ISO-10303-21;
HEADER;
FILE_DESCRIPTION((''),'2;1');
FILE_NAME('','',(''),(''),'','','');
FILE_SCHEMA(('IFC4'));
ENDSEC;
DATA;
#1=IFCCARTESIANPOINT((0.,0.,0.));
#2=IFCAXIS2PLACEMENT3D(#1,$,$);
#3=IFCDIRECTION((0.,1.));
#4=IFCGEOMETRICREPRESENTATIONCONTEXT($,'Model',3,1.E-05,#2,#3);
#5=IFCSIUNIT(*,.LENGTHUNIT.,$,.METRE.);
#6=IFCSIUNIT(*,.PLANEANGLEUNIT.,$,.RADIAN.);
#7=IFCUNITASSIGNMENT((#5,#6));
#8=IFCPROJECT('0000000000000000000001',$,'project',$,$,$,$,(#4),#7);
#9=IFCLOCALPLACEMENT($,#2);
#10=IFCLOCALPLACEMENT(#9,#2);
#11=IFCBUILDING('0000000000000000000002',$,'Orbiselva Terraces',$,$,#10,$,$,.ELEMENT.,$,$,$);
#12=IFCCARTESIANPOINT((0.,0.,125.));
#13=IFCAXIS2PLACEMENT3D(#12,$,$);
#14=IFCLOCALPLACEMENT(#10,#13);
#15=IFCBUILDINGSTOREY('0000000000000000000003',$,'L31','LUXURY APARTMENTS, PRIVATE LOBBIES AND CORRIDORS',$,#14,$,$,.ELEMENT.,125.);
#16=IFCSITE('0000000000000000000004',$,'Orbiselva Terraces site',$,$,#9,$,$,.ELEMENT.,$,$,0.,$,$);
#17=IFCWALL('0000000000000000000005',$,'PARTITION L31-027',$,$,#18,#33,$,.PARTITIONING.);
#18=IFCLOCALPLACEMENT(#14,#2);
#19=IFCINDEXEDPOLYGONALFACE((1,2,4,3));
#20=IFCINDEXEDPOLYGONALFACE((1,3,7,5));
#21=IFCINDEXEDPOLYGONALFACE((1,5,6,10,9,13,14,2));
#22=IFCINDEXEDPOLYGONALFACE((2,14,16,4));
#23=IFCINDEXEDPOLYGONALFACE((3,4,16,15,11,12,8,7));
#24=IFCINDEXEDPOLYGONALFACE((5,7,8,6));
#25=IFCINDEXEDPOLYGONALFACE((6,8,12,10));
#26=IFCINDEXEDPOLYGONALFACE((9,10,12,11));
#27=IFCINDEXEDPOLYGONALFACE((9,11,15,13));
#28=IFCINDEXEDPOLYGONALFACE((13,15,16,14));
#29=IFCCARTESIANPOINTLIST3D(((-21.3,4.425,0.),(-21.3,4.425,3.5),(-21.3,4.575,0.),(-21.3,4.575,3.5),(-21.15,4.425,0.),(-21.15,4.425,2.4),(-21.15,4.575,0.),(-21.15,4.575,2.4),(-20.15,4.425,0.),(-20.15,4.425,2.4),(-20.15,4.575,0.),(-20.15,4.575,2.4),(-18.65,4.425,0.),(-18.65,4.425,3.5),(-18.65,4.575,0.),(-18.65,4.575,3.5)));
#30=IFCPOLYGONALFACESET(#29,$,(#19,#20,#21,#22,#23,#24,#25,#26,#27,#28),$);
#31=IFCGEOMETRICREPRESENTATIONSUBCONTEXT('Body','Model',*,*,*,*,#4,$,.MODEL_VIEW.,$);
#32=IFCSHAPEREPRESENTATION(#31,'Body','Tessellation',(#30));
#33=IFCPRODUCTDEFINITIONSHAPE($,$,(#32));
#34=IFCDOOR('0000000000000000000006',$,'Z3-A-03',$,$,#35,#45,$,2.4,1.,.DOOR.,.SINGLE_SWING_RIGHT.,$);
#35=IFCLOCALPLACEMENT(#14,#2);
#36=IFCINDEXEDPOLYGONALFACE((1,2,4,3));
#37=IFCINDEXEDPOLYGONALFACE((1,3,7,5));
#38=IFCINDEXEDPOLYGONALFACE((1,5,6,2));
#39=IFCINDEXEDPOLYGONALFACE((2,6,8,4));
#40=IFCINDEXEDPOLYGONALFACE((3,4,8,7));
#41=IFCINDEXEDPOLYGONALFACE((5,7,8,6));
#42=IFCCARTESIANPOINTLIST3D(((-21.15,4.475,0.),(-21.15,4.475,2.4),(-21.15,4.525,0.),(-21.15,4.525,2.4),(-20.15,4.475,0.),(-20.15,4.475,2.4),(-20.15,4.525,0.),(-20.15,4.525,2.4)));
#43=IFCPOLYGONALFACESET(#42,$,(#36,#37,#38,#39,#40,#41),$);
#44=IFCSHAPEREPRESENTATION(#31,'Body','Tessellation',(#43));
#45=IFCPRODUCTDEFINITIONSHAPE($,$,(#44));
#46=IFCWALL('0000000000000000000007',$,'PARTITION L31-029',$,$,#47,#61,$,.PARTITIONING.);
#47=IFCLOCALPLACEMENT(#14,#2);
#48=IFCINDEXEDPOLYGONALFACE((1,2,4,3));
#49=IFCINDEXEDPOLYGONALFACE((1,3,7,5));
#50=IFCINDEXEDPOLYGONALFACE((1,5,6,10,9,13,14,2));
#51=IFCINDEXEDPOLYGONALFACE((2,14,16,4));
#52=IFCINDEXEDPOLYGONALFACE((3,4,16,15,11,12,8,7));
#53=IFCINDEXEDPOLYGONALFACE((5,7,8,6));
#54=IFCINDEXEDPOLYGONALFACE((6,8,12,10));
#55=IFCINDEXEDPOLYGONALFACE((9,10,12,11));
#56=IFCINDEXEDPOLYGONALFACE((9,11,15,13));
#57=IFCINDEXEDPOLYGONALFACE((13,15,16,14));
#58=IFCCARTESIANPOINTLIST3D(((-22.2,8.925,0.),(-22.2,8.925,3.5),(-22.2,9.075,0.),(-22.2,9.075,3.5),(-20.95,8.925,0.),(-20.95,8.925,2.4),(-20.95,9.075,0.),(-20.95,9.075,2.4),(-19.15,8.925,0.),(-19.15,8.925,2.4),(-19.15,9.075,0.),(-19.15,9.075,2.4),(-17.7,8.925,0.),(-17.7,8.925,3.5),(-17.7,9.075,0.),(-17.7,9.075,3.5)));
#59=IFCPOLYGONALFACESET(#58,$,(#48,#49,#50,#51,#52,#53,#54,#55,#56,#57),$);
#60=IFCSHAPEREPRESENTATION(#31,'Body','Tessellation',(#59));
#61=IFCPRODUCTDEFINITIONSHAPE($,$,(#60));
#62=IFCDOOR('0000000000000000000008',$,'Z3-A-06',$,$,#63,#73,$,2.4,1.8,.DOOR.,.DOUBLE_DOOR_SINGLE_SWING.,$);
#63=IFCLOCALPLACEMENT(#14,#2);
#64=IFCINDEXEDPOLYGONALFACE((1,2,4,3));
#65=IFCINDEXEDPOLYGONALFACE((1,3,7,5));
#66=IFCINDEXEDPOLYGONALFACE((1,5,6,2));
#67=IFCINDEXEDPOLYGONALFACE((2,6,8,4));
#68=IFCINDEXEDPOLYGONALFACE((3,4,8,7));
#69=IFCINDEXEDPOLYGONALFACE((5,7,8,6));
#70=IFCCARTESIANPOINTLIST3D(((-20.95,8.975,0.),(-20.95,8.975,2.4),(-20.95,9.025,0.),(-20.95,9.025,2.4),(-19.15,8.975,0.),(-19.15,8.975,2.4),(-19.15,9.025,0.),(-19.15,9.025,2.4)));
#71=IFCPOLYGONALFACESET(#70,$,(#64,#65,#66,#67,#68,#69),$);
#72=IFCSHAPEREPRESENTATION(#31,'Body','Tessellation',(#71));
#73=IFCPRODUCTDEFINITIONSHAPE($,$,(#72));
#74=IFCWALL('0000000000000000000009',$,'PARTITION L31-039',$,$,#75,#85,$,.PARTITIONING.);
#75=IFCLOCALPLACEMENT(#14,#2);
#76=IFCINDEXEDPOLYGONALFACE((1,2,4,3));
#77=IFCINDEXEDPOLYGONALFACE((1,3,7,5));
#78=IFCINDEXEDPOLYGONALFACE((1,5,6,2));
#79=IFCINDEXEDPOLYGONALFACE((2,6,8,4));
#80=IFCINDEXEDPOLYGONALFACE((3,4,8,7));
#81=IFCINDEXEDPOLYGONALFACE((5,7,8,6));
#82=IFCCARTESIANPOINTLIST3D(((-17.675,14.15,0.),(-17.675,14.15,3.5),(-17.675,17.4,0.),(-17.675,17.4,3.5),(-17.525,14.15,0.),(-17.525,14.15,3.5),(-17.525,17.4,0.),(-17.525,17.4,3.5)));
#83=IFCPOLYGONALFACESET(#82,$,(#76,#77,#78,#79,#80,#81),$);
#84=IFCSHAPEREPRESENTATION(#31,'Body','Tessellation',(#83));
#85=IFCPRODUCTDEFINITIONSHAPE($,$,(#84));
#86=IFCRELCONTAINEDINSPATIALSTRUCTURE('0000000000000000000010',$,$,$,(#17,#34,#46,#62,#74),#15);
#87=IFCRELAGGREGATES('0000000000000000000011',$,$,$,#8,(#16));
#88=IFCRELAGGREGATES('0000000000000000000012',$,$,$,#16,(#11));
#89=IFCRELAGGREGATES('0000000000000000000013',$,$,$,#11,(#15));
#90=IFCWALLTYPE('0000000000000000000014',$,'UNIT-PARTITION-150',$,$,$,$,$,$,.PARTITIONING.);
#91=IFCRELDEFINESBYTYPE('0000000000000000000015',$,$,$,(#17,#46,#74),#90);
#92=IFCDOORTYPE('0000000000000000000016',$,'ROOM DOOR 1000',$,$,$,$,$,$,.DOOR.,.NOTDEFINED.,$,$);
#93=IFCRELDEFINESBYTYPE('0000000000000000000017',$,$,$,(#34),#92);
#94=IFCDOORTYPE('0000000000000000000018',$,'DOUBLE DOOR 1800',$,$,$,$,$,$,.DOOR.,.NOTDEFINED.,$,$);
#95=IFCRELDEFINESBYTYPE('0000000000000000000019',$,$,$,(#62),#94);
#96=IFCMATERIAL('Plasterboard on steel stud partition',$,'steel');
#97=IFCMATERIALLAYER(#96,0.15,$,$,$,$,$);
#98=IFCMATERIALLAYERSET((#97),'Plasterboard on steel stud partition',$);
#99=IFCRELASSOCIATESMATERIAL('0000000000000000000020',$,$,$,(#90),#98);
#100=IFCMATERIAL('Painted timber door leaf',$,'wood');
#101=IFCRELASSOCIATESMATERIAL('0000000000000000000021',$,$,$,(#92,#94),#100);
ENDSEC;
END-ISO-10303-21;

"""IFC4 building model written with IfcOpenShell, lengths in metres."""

from ifc_helpers import new_model, si_unit, direction, frame, frame_2d, origin, place, context, subcontext, project, spatial, rectangle, extrude, material, layer, layer_set, type_object, element, fill, save


model = new_model("IFC4")

# Units and contexts
model_context = context("Model", 3, precision=1e-05, world=origin(), true_north=direction((0.0, 1.0)))
body_context = subcontext(model_context, "Body", "Model", "MODEL_VIEW")
ifc_project = project(units=[si_unit("LENGTHUNIT", "METRE"), si_unit("PLANEANGLEUNIT", "RADIAN")], contexts=[model_context])

# Site, building, storey
site_placement = place(None, origin())
site = spatial("IfcSite", under=ifc_project, at=site_placement, Name="Orbiselva Terraces site", CompositionType="ELEMENT", RefElevation=0.0)
building_placement = place(site_placement, origin())
building = spatial("IfcBuilding", under=site, at=building_placement, Name="Orbiselva Terraces", CompositionType="ELEMENT")
storey_placement = place(building_placement, frame((0.0, 0.0, 125.0)))
storey = spatial("IfcBuildingStorey", under=building, at=storey_placement, Name="L31", Description="LUXURY APARTMENTS, PRIVATE LOBBIES AND CORRIDORS", CompositionType="ELEMENT", Elevation=125.0)

# Walls, openings, doors
ifc_material_1 = material(Name="Plasterboard on steel stud partition", Category="steel")
ifc_material_2 = material(Name="Painted timber door leaf", Category="wood")
ifc_layer_1 = layer(ifc_material_1, 0.15)
ifc_layer_set_1 = layer_set([ifc_layer_1], Name="Plasterboard on steel stud partition")
wall_type_1 = type_object("IfcWallType", Name="UNIT-PARTITION-150", PredefinedType="PARTITIONING", material=ifc_layer_set_1)
wall_1_placement = place(storey_placement, frame((-18.65, 4.5, 0.0), z_axis=(0.0, 0.0, 1.0), x_axis=(-1.0, 0.0, 0.0)))
wall_1 = element("IfcWall", 1, at=wall_1_placement, inside=storey, type_object=wall_type_1, Name="PARTITION L31-027", PredefinedType="PARTITIONING", context=body_context, shape_type="SweptSolid", body=[
    extrude(rectangle(XDim=2.65, YDim=0.15, at=frame_2d((1.325, 0.0))), origin(), (0.0, 0.0, 1.0), 3.5),
])
opening_1_placement = place(wall_1_placement, frame((1.5, 0.0, 0.0)))
opening_1 = element("IfcOpeningElement", 2, at=opening_1_placement, cuts=wall_1, PredefinedType="OPENING", context=body_context, shape_type="SweptSolid", body=[
    extrude(rectangle(XDim=1.0, YDim=2.4, at=frame_2d((0.5, 1.2))), frame((0.0, 0.085, 0.0), z_axis=(0.0, -1.0, 0.0), x_axis=(1.0, 0.0, 0.0)), (0.0, 0.0, 1.0), 0.17),
])
door_type_1 = type_object("IfcDoorType", Name="ROOM DOOR 1000", OperationType="NOTDEFINED", PredefinedType="DOOR", material=ifc_material_2)
door_1_placement = place(opening_1_placement, origin())
door_1 = element("IfcDoor", 3, at=door_1_placement, inside=storey, type_object=door_type_1, Name="Z3-A-03", OperationType="SINGLE_SWING_RIGHT", OverallHeight=2.4, OverallWidth=1.0, PredefinedType="DOOR", context=body_context, shape_type="SweptSolid", body=[
    extrude(rectangle(XDim=1.0, YDim=2.4, at=frame_2d((0.5, 1.2))), frame((0.0, 0.025, 0.0), z_axis=(0.0, -1.0, 0.0), x_axis=(1.0, 0.0, 0.0)), (0.0, 0.0, 1.0), 0.05),
])
fill(opening_1, door_1)
wall_2_placement = place(storey_placement, frame((-22.2, 9.0, 0.0), z_axis=(0.0, 0.0, 1.0), x_axis=(1.0, 0.0, 0.0)))
wall_2 = element("IfcWall", 4, at=wall_2_placement, inside=storey, type_object=wall_type_1, Name="PARTITION L31-029", PredefinedType="PARTITIONING", context=body_context, shape_type="SweptSolid", body=[
    extrude(rectangle(XDim=4.5, YDim=0.15, at=frame_2d((2.25, 0.0))), origin(), (0.0, 0.0, 1.0), 3.5),
])
opening_2_placement = place(wall_2_placement, frame((1.25, 0.0, 0.0)))
opening_2 = element("IfcOpeningElement", 5, at=opening_2_placement, cuts=wall_2, PredefinedType="OPENING", context=body_context, shape_type="SweptSolid", body=[
    extrude(rectangle(XDim=1.8, YDim=2.4, at=frame_2d((0.9, 1.2))), frame((0.0, 0.085, 0.0), z_axis=(0.0, -1.0, 0.0), x_axis=(1.0, 0.0, 0.0)), (0.0, 0.0, 1.0), 0.17),
])
door_type_2 = type_object("IfcDoorType", Name="DOUBLE DOOR 1800", OperationType="NOTDEFINED", PredefinedType="DOOR", material=ifc_material_2)
door_2_placement = place(opening_2_placement, origin())
door_2 = element("IfcDoor", 6, at=door_2_placement, inside=storey, type_object=door_type_2, Name="Z3-A-06", OperationType="DOUBLE_DOOR_SINGLE_SWING", OverallHeight=2.4, OverallWidth=1.8, PredefinedType="DOOR", context=body_context, shape_type="SweptSolid", body=[
    extrude(rectangle(XDim=1.8, YDim=2.4, at=frame_2d((0.9, 1.2))), frame((0.0, 0.025, 0.0), z_axis=(0.0, -1.0, 0.0), x_axis=(1.0, 0.0, 0.0)), (0.0, 0.0, 1.0), 0.05),
])
fill(opening_2, door_2)

# Wall
wall_3_placement = place(storey_placement, frame((-17.6, 14.15, 0.0), z_axis=(0.0, 0.0, 1.0), x_axis=(0.0, 1.0, 0.0)))
element("IfcWall", 7, at=wall_3_placement, inside=storey, type_object=wall_type_1, Name="PARTITION L31-039", PredefinedType="PARTITIONING", context=body_context, shape_type="SweptSolid", body=[
    extrude(rectangle(XDim=3.25, YDim=0.15, at=frame_2d((1.625, 0.0))), origin(), (0.0, 0.0, 1.0), 3.5),
])

save(model, "model.ifc")
